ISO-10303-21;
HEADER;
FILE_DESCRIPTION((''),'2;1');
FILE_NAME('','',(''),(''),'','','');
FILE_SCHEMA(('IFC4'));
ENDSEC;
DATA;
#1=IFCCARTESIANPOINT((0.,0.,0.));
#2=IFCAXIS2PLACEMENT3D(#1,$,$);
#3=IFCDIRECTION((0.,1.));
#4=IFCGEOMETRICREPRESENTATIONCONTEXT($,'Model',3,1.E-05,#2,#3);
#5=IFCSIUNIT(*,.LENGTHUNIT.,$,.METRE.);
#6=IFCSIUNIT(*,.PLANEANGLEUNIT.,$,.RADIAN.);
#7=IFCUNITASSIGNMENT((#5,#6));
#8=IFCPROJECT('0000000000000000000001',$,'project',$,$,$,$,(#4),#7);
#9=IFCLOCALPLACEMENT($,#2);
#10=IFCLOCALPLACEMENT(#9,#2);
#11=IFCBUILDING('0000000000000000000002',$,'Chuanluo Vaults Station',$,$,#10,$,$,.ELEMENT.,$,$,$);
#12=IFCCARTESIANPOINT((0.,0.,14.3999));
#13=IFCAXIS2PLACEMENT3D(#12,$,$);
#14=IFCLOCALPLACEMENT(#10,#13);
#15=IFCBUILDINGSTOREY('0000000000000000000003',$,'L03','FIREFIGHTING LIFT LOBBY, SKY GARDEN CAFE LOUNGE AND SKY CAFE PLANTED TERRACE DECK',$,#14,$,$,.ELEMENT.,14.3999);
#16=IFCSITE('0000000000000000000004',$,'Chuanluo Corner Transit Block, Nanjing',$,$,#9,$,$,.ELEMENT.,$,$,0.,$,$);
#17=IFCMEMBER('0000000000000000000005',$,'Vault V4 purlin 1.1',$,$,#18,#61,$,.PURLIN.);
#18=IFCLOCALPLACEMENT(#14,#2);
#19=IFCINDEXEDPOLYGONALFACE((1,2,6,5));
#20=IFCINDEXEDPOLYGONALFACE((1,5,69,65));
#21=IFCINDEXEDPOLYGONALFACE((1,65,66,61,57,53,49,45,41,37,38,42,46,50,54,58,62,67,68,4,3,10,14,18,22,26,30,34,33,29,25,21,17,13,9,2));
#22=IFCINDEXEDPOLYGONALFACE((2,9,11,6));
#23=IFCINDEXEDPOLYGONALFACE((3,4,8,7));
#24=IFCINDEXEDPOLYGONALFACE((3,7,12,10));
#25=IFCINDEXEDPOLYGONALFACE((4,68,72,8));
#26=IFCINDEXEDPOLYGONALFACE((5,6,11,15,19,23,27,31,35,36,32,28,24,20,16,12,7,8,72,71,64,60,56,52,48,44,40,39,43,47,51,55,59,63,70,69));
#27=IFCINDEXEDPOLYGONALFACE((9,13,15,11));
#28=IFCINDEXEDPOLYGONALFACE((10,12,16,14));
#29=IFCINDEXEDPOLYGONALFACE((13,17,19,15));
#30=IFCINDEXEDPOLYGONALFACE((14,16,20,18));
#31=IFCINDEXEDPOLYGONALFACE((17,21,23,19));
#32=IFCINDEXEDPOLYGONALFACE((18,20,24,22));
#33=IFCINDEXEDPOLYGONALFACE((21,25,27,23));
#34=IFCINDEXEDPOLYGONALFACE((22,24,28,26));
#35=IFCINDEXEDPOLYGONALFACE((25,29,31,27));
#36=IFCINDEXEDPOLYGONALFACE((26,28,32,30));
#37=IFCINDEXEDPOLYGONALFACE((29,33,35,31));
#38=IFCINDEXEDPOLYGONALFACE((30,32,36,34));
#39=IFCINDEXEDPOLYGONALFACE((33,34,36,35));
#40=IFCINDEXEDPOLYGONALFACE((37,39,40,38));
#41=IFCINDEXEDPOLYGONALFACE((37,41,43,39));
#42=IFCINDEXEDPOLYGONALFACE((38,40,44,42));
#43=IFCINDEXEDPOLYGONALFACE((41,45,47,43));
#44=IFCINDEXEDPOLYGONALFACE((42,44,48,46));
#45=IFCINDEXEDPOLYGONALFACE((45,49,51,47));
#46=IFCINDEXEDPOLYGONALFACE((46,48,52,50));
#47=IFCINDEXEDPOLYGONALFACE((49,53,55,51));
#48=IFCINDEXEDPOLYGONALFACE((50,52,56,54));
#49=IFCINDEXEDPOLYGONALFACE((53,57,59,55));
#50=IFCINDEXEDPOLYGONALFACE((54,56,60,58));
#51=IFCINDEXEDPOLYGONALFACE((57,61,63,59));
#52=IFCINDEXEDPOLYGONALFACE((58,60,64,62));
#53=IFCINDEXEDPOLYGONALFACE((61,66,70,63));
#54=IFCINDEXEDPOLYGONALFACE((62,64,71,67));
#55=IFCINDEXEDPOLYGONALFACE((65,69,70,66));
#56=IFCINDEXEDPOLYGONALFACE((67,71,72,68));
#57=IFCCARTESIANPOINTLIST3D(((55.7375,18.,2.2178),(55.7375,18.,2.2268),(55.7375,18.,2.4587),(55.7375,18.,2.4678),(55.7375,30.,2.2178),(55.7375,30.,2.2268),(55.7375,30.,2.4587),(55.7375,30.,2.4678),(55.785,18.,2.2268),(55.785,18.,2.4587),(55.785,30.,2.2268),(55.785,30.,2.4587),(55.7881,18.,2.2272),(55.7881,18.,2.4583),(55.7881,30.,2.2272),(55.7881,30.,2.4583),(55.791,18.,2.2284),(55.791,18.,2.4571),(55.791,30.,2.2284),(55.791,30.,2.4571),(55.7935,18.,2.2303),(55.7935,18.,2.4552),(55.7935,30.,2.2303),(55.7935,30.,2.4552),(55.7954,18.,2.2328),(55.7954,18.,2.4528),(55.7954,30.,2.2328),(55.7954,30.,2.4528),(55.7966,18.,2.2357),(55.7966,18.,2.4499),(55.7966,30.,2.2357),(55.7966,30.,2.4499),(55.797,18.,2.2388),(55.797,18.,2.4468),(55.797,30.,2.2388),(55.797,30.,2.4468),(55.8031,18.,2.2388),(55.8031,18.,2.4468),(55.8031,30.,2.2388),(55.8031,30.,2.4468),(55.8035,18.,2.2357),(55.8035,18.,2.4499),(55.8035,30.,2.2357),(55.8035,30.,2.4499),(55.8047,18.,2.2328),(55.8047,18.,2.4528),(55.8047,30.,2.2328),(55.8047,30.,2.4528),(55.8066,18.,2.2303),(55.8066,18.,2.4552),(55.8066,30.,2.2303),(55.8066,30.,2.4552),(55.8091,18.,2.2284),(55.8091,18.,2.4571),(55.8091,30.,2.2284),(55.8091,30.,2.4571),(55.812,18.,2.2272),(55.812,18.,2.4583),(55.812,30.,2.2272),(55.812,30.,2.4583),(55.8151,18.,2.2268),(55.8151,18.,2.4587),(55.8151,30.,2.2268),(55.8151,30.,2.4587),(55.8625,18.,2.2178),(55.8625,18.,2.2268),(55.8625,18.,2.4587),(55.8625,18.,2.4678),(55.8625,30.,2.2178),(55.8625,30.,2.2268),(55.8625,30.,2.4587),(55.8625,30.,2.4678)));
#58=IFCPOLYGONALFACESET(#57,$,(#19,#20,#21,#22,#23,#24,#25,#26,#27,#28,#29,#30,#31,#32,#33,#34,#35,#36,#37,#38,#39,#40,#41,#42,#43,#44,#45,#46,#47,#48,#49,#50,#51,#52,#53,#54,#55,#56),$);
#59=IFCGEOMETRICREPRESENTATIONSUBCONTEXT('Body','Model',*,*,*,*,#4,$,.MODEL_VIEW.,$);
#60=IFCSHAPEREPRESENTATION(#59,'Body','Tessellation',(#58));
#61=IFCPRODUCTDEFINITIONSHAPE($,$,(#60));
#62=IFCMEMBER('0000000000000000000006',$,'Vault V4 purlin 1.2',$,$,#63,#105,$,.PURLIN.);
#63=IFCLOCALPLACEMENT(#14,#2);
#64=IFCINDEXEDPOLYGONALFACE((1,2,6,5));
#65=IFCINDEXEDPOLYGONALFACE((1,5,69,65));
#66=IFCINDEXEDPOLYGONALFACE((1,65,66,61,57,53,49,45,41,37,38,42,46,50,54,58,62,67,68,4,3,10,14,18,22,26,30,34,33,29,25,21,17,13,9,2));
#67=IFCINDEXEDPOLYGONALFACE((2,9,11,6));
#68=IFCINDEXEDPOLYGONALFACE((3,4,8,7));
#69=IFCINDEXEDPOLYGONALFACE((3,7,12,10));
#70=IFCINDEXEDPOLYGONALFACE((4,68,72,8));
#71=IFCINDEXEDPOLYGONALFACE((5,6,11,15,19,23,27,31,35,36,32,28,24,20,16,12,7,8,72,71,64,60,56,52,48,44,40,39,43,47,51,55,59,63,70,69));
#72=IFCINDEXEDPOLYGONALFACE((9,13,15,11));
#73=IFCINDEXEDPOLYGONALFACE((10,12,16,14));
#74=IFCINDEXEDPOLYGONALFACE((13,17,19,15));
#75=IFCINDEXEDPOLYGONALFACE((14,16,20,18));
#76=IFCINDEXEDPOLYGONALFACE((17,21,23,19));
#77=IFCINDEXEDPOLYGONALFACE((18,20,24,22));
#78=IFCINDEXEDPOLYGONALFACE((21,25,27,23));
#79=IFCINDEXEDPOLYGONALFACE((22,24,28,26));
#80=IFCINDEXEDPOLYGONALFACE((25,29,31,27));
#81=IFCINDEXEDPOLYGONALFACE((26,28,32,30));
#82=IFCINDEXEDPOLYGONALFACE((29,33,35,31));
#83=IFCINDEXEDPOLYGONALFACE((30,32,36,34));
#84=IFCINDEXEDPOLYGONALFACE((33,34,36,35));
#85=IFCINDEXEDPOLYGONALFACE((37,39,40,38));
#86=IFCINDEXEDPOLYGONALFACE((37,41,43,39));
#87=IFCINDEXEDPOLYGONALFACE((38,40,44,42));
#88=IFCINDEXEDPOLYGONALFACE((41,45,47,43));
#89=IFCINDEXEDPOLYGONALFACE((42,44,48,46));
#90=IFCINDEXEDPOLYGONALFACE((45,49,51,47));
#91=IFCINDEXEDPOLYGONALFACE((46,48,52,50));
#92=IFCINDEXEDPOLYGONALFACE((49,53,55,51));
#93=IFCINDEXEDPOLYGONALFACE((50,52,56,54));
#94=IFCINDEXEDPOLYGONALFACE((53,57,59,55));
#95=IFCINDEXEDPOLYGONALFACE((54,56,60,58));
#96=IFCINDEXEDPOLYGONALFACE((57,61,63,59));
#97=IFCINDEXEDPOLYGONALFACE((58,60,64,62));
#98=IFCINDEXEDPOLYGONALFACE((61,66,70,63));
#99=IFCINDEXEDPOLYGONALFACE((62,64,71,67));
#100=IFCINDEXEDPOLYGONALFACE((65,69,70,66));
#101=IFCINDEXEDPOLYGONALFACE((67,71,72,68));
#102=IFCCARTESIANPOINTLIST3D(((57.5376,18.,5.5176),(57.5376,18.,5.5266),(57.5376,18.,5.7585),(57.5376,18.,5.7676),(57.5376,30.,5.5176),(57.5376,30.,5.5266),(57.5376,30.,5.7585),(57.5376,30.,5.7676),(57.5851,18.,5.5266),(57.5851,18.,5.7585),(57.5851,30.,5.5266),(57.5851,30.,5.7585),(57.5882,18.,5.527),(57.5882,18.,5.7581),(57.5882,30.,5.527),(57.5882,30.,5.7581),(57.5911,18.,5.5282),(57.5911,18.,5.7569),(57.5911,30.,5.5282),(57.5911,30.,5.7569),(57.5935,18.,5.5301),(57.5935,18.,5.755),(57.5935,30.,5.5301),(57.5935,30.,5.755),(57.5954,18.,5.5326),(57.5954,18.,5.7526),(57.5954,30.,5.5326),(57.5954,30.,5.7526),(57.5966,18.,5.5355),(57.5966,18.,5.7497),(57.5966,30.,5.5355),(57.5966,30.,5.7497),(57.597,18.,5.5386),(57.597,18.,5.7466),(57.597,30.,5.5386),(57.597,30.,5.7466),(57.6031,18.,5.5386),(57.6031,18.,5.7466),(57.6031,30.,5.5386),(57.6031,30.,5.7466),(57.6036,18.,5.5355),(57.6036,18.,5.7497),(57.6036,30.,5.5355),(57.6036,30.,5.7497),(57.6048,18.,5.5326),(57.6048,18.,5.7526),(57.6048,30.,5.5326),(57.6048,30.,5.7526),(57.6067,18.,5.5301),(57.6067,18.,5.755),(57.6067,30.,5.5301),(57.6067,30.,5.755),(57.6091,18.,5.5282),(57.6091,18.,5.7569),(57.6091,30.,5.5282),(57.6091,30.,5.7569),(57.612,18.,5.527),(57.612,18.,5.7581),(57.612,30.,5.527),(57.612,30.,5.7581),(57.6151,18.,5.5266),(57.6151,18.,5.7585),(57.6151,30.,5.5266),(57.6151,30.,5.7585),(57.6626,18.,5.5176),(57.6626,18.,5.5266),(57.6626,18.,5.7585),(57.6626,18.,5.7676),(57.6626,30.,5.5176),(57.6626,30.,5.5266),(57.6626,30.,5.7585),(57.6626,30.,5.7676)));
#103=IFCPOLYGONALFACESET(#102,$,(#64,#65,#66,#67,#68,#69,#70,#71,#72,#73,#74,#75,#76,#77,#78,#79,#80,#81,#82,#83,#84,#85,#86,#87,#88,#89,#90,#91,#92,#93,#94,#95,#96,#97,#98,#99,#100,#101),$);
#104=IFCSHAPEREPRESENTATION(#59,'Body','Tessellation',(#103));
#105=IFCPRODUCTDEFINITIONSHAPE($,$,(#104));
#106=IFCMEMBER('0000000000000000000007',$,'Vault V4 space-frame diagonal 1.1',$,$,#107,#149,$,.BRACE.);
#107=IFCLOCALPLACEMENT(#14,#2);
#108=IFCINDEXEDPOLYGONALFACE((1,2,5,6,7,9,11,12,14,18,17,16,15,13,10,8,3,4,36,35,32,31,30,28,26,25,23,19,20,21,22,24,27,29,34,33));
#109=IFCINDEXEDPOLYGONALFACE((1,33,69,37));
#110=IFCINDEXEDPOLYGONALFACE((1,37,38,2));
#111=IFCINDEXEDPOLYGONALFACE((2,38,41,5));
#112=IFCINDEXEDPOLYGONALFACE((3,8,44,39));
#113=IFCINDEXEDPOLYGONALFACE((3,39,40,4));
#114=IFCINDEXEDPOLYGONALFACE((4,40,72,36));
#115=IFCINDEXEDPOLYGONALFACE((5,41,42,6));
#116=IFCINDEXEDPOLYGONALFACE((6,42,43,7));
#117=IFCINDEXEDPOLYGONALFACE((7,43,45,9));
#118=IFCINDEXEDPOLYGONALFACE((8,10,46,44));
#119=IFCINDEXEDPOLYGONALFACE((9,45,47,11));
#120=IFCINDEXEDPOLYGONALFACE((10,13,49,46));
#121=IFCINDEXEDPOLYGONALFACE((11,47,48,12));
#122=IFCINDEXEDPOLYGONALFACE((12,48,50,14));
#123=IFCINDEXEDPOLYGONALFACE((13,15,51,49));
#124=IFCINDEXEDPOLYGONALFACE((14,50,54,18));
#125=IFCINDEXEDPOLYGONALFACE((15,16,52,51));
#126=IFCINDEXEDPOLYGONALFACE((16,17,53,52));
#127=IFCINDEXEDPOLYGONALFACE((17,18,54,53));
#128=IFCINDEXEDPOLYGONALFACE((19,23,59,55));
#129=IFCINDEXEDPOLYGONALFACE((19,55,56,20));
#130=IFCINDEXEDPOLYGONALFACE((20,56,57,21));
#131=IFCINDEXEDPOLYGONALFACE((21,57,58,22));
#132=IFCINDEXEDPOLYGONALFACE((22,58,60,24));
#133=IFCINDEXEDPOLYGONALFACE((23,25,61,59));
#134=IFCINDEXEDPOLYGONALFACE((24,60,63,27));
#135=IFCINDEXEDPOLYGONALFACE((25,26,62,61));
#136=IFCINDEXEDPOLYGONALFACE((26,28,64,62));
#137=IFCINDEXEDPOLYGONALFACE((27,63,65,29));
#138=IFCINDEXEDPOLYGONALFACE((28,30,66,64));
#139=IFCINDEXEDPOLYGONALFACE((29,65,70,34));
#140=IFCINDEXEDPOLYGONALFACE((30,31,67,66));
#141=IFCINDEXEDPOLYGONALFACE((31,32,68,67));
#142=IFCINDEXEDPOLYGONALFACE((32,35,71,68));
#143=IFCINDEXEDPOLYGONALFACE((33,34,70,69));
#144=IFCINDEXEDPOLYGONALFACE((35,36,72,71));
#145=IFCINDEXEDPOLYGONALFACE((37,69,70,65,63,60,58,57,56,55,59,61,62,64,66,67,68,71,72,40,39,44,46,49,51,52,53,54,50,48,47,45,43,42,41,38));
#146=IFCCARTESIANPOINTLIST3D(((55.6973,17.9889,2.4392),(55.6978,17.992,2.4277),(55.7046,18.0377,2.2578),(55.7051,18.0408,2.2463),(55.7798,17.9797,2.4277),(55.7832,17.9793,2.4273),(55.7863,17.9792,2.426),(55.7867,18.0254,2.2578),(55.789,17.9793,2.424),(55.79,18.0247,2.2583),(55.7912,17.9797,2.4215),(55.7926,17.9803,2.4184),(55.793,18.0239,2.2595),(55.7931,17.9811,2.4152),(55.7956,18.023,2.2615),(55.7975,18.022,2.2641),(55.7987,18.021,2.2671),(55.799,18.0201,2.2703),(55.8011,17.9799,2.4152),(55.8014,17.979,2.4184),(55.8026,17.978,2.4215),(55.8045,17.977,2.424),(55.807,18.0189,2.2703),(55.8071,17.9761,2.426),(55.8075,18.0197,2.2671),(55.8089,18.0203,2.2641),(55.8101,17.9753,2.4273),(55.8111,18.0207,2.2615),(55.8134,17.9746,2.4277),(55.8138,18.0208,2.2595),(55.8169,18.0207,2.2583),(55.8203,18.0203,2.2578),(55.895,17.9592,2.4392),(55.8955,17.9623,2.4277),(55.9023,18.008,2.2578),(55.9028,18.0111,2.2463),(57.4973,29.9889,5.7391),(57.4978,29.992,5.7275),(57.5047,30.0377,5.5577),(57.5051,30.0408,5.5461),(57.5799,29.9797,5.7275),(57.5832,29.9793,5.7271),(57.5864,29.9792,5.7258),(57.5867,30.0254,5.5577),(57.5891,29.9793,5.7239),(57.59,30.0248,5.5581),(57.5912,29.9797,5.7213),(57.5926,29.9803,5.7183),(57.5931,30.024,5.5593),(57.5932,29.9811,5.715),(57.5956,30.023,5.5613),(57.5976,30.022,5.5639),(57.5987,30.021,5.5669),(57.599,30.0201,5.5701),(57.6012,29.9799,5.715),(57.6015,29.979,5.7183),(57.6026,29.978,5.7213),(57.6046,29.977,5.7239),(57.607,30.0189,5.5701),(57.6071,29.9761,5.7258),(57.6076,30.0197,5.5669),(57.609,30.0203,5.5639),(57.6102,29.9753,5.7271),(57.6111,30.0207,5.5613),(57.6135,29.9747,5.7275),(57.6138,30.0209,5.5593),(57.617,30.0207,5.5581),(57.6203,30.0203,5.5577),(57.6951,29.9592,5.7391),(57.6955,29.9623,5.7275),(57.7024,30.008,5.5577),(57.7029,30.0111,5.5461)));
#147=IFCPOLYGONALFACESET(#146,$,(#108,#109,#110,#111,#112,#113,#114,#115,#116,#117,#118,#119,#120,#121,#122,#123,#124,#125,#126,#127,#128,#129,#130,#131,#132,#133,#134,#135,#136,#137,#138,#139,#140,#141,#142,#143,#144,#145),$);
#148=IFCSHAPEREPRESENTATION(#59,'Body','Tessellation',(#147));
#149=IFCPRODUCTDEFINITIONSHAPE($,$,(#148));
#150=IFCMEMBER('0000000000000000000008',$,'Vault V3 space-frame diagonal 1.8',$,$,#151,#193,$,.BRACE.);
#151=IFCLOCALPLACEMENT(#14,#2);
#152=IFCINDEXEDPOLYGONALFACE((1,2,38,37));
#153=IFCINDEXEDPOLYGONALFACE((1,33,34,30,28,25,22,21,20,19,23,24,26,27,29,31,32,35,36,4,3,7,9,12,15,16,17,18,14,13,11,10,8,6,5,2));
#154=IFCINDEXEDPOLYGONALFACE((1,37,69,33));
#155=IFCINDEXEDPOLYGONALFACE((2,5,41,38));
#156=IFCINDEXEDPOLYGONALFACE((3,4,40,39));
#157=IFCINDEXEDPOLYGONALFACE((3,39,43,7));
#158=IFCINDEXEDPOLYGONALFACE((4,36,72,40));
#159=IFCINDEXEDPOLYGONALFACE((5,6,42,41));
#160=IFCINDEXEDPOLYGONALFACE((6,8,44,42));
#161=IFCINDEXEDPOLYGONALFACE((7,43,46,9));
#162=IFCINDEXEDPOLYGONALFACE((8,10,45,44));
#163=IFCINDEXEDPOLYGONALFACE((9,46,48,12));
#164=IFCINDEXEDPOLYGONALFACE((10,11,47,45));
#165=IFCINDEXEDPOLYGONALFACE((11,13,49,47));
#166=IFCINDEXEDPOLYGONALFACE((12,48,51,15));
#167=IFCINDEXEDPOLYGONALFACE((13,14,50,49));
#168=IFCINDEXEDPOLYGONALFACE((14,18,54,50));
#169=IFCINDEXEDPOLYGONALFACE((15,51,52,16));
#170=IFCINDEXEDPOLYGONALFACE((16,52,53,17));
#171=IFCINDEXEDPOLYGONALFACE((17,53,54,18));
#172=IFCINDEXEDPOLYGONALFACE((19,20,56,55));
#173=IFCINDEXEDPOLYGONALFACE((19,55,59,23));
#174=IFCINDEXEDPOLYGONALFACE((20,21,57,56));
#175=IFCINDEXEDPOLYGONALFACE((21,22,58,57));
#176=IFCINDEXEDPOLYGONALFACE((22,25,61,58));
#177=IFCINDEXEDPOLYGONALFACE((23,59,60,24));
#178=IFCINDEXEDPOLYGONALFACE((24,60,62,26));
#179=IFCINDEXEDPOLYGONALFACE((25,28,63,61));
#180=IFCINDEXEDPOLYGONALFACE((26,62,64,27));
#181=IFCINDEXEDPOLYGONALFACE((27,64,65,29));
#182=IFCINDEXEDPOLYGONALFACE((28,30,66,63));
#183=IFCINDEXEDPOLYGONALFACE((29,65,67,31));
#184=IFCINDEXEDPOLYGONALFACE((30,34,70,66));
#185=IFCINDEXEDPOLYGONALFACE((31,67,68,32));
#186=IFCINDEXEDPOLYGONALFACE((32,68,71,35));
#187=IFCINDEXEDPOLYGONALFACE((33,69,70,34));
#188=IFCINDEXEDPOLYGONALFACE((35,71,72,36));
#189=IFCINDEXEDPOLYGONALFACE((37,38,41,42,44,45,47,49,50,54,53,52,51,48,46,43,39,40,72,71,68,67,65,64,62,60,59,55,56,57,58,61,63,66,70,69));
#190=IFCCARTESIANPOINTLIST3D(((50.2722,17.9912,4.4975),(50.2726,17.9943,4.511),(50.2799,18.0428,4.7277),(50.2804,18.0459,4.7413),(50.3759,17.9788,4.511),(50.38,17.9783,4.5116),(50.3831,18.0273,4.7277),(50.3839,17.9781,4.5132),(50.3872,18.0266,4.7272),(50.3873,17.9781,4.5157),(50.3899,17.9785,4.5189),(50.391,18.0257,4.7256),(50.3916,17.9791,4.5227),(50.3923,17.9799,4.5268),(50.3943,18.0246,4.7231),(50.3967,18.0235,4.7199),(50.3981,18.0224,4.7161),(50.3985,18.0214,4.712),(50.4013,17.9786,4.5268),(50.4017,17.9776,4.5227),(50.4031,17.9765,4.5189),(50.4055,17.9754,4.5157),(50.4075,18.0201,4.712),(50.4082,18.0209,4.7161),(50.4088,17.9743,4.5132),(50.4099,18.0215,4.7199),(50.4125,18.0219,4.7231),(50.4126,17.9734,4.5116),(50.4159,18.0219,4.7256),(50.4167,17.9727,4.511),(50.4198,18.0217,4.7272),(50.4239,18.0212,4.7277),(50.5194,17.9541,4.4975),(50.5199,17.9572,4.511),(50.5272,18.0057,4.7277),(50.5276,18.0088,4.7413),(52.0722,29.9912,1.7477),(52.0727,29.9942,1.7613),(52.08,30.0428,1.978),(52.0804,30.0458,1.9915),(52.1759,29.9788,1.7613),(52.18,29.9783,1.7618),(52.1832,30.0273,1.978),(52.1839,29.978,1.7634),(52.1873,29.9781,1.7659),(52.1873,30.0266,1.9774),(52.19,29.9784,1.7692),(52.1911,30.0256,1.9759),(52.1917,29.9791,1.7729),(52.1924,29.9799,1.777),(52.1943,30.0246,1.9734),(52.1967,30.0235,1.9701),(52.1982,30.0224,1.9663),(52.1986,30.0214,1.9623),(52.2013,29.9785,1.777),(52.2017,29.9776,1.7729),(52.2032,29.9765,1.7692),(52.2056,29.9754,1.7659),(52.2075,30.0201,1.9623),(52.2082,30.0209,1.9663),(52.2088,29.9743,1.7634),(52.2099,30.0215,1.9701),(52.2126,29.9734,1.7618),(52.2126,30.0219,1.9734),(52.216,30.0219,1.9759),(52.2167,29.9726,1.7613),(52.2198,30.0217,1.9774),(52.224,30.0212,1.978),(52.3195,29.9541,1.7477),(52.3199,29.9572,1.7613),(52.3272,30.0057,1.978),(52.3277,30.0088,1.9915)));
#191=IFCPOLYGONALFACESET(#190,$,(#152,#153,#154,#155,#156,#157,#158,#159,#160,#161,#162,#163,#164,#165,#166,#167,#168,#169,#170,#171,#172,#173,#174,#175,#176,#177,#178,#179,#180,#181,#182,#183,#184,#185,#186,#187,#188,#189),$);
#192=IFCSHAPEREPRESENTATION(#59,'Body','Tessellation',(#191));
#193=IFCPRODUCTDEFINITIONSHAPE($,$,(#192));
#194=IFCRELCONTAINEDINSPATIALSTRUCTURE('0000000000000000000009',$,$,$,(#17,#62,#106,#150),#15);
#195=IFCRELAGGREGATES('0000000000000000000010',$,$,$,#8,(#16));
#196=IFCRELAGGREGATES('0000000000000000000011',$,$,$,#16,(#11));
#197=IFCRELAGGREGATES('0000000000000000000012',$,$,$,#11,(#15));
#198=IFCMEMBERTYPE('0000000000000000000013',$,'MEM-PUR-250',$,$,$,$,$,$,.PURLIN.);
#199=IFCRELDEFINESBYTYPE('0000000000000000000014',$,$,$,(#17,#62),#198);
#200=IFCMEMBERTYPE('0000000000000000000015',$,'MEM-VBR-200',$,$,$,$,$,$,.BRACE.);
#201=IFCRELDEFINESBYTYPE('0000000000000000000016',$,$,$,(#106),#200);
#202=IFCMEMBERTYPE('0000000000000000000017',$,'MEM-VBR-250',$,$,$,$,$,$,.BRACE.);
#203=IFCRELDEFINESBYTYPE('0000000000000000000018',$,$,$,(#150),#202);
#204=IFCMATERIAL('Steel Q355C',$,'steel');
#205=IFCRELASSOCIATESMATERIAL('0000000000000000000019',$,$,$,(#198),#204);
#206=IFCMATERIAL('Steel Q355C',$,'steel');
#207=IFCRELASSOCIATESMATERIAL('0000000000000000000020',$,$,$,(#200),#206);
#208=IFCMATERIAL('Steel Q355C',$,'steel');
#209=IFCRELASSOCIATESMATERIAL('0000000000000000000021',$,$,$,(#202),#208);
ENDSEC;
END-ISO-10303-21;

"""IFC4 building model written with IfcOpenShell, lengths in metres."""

from ifc_helpers import new_model, si_unit, direction, frame, origin, origin_2d, place, context, subcontext, project, spatial, i_section, extrude, material, material_profile, profile_set, type_object, element, save


model = new_model("IFC4")

# Units and contexts
model_context = context("Model", 3, precision=1e-05, world=origin(), true_north=direction((0.0, 1.0)))
body_context = subcontext(model_context, "Body", "Model", "MODEL_VIEW")
ifc_project = project(units=[si_unit("LENGTHUNIT", "METRE"), si_unit("PLANEANGLEUNIT", "RADIAN")], contexts=[model_context])

# Site, building, storey
site_placement = place(None, origin())
site = spatial("IfcSite", under=ifc_project, at=site_placement, Name="Chuanluo Corner Transit Block, Nanjing", CompositionType="ELEMENT", RefElevation=0.0)
building_placement = place(site_placement, origin())
building = spatial("IfcBuilding", under=site, at=building_placement, Name="Chuanluo Vaults Station", CompositionType="ELEMENT")
storey_placement = place(building_placement, frame((0.0, 0.0, 14.3999)))
storey = spatial("IfcBuildingStorey", under=building, at=storey_placement, Name="L03", Description="FIREFIGHTING LIFT LOBBY, SKY GARDEN CAFE LOUNGE AND SKY CAFE PLANTED TERRACE DECK", CompositionType="ELEMENT", Elevation=14.3999)

# Members
ifc_material_1 = material(Name="Steel Q355C", Category="steel")
ifc_material_profile_1 = material_profile(ifc_material_1, i_section(OverallWidth=0.125, OverallDepth=0.25, WebThickness=0.0061, FlangeThickness=0.009, FilletRadius=0.012, at=origin_2d()))
ifc_profile_set_1 = profile_set([ifc_material_profile_1], Name="Steel Q355C")
member_type_1 = type_object("IfcMemberType", Name="MEM-PUR-250", PredefinedType="PURLIN", material=ifc_profile_set_1)
for number, where, z_axis, x_axis, name in (
    (1, (55.8, 18.0, 2.3428), (0.0, 1.0, 0.0), (-1.0, 0.0, 0.0), "Vault V4 purlin 1.1"),
    (2, (57.6001, 18.0, 5.6426), (0.0, 1.0, 0.0), (-1.0, 0.0, 0.0), "Vault V4 purlin 1.2"),
):
    element("IfcMember", number, at=place(storey_placement, frame(where, z_axis=z_axis, x_axis=x_axis)), inside=storey, type_object=member_type_1, Name=name, PredefinedType="PURLIN", context=body_context, shape_type="SweptSolid", body=[
        extrude(i_section(OverallWidth=0.125, OverallDepth=0.25, WebThickness=0.0061, FlangeThickness=0.009, FilletRadius=0.012, at=origin_2d()), origin(), (0.0, 0.0, 1.0), 12.0),
    ])
ifc_material_2 = material(Name="Steel Q355C", Category="steel")
ifc_material_profile_2 = material_profile(ifc_material_2, i_section(OverallWidth=0.2, OverallDepth=0.2, WebThickness=0.0081, FlangeThickness=0.012, FilletRadius=0.0129, at=origin_2d()))
ifc_profile_set_2 = profile_set([ifc_material_profile_2], Name="Steel Q355C")
member_type_2 = type_object("IfcMemberType", Name="MEM-VBR-200", PredefinedType="BRACE", material=ifc_profile_set_2)
member_1_placement = place(storey_placement, frame((55.8, 18.0, 2.3428), z_axis=(0.143146, 0.95428, 0.262411), x_axis=(-0.988936, 0.148344, 0.0)))
element("IfcMember", 3, at=member_1_placement, inside=storey, type_object=member_type_2, Name="Vault V4 space-frame diagonal 1.1", PredefinedType="BRACE", context=body_context, shape_type="SweptSolid", body=[
    extrude(i_section(OverallWidth=0.2, OverallDepth=0.2, WebThickness=0.0081, FlangeThickness=0.012, FilletRadius=0.0129, at=origin_2d()), origin(), (0.0, 0.0, 1.0), 12.575),
])
ifc_material_3 = material(Name="Steel Q355C", Category="steel")
ifc_material_profile_3 = material_profile(ifc_material_3, i_section(OverallWidth=0.25, OverallDepth=0.25, WebThickness=0.009, FlangeThickness=0.0139, FilletRadius=0.0161, at=origin_2d()))
ifc_profile_set_3 = profile_set([ifc_material_profile_3], Name="Steel Q355C")
member_type_3 = type_object("IfcMemberType", Name="MEM-VBR-250", PredefinedType="BRACE", material=ifc_profile_set_3)
member_2_placement = place(storey_placement, frame((50.3999, 18.0, 4.6194), z_axis=(0.144676, 0.964481, -0.221007), x_axis=(-0.988936, 0.148344, 0.0)))
element("IfcMember", 4, at=member_2_placement, inside=storey, type_object=member_type_3, Name="Vault V3 space-frame diagonal 1.8", PredefinedType="BRACE", context=body_context, shape_type="SweptSolid", body=[
    extrude(i_section(OverallWidth=0.25, OverallDepth=0.25, WebThickness=0.009, FlangeThickness=0.0139, FilletRadius=0.0161, at=origin_2d()), origin(), (0.0, 0.0, 1.0), 12.4419),
])

save(model, "model.ifc")
